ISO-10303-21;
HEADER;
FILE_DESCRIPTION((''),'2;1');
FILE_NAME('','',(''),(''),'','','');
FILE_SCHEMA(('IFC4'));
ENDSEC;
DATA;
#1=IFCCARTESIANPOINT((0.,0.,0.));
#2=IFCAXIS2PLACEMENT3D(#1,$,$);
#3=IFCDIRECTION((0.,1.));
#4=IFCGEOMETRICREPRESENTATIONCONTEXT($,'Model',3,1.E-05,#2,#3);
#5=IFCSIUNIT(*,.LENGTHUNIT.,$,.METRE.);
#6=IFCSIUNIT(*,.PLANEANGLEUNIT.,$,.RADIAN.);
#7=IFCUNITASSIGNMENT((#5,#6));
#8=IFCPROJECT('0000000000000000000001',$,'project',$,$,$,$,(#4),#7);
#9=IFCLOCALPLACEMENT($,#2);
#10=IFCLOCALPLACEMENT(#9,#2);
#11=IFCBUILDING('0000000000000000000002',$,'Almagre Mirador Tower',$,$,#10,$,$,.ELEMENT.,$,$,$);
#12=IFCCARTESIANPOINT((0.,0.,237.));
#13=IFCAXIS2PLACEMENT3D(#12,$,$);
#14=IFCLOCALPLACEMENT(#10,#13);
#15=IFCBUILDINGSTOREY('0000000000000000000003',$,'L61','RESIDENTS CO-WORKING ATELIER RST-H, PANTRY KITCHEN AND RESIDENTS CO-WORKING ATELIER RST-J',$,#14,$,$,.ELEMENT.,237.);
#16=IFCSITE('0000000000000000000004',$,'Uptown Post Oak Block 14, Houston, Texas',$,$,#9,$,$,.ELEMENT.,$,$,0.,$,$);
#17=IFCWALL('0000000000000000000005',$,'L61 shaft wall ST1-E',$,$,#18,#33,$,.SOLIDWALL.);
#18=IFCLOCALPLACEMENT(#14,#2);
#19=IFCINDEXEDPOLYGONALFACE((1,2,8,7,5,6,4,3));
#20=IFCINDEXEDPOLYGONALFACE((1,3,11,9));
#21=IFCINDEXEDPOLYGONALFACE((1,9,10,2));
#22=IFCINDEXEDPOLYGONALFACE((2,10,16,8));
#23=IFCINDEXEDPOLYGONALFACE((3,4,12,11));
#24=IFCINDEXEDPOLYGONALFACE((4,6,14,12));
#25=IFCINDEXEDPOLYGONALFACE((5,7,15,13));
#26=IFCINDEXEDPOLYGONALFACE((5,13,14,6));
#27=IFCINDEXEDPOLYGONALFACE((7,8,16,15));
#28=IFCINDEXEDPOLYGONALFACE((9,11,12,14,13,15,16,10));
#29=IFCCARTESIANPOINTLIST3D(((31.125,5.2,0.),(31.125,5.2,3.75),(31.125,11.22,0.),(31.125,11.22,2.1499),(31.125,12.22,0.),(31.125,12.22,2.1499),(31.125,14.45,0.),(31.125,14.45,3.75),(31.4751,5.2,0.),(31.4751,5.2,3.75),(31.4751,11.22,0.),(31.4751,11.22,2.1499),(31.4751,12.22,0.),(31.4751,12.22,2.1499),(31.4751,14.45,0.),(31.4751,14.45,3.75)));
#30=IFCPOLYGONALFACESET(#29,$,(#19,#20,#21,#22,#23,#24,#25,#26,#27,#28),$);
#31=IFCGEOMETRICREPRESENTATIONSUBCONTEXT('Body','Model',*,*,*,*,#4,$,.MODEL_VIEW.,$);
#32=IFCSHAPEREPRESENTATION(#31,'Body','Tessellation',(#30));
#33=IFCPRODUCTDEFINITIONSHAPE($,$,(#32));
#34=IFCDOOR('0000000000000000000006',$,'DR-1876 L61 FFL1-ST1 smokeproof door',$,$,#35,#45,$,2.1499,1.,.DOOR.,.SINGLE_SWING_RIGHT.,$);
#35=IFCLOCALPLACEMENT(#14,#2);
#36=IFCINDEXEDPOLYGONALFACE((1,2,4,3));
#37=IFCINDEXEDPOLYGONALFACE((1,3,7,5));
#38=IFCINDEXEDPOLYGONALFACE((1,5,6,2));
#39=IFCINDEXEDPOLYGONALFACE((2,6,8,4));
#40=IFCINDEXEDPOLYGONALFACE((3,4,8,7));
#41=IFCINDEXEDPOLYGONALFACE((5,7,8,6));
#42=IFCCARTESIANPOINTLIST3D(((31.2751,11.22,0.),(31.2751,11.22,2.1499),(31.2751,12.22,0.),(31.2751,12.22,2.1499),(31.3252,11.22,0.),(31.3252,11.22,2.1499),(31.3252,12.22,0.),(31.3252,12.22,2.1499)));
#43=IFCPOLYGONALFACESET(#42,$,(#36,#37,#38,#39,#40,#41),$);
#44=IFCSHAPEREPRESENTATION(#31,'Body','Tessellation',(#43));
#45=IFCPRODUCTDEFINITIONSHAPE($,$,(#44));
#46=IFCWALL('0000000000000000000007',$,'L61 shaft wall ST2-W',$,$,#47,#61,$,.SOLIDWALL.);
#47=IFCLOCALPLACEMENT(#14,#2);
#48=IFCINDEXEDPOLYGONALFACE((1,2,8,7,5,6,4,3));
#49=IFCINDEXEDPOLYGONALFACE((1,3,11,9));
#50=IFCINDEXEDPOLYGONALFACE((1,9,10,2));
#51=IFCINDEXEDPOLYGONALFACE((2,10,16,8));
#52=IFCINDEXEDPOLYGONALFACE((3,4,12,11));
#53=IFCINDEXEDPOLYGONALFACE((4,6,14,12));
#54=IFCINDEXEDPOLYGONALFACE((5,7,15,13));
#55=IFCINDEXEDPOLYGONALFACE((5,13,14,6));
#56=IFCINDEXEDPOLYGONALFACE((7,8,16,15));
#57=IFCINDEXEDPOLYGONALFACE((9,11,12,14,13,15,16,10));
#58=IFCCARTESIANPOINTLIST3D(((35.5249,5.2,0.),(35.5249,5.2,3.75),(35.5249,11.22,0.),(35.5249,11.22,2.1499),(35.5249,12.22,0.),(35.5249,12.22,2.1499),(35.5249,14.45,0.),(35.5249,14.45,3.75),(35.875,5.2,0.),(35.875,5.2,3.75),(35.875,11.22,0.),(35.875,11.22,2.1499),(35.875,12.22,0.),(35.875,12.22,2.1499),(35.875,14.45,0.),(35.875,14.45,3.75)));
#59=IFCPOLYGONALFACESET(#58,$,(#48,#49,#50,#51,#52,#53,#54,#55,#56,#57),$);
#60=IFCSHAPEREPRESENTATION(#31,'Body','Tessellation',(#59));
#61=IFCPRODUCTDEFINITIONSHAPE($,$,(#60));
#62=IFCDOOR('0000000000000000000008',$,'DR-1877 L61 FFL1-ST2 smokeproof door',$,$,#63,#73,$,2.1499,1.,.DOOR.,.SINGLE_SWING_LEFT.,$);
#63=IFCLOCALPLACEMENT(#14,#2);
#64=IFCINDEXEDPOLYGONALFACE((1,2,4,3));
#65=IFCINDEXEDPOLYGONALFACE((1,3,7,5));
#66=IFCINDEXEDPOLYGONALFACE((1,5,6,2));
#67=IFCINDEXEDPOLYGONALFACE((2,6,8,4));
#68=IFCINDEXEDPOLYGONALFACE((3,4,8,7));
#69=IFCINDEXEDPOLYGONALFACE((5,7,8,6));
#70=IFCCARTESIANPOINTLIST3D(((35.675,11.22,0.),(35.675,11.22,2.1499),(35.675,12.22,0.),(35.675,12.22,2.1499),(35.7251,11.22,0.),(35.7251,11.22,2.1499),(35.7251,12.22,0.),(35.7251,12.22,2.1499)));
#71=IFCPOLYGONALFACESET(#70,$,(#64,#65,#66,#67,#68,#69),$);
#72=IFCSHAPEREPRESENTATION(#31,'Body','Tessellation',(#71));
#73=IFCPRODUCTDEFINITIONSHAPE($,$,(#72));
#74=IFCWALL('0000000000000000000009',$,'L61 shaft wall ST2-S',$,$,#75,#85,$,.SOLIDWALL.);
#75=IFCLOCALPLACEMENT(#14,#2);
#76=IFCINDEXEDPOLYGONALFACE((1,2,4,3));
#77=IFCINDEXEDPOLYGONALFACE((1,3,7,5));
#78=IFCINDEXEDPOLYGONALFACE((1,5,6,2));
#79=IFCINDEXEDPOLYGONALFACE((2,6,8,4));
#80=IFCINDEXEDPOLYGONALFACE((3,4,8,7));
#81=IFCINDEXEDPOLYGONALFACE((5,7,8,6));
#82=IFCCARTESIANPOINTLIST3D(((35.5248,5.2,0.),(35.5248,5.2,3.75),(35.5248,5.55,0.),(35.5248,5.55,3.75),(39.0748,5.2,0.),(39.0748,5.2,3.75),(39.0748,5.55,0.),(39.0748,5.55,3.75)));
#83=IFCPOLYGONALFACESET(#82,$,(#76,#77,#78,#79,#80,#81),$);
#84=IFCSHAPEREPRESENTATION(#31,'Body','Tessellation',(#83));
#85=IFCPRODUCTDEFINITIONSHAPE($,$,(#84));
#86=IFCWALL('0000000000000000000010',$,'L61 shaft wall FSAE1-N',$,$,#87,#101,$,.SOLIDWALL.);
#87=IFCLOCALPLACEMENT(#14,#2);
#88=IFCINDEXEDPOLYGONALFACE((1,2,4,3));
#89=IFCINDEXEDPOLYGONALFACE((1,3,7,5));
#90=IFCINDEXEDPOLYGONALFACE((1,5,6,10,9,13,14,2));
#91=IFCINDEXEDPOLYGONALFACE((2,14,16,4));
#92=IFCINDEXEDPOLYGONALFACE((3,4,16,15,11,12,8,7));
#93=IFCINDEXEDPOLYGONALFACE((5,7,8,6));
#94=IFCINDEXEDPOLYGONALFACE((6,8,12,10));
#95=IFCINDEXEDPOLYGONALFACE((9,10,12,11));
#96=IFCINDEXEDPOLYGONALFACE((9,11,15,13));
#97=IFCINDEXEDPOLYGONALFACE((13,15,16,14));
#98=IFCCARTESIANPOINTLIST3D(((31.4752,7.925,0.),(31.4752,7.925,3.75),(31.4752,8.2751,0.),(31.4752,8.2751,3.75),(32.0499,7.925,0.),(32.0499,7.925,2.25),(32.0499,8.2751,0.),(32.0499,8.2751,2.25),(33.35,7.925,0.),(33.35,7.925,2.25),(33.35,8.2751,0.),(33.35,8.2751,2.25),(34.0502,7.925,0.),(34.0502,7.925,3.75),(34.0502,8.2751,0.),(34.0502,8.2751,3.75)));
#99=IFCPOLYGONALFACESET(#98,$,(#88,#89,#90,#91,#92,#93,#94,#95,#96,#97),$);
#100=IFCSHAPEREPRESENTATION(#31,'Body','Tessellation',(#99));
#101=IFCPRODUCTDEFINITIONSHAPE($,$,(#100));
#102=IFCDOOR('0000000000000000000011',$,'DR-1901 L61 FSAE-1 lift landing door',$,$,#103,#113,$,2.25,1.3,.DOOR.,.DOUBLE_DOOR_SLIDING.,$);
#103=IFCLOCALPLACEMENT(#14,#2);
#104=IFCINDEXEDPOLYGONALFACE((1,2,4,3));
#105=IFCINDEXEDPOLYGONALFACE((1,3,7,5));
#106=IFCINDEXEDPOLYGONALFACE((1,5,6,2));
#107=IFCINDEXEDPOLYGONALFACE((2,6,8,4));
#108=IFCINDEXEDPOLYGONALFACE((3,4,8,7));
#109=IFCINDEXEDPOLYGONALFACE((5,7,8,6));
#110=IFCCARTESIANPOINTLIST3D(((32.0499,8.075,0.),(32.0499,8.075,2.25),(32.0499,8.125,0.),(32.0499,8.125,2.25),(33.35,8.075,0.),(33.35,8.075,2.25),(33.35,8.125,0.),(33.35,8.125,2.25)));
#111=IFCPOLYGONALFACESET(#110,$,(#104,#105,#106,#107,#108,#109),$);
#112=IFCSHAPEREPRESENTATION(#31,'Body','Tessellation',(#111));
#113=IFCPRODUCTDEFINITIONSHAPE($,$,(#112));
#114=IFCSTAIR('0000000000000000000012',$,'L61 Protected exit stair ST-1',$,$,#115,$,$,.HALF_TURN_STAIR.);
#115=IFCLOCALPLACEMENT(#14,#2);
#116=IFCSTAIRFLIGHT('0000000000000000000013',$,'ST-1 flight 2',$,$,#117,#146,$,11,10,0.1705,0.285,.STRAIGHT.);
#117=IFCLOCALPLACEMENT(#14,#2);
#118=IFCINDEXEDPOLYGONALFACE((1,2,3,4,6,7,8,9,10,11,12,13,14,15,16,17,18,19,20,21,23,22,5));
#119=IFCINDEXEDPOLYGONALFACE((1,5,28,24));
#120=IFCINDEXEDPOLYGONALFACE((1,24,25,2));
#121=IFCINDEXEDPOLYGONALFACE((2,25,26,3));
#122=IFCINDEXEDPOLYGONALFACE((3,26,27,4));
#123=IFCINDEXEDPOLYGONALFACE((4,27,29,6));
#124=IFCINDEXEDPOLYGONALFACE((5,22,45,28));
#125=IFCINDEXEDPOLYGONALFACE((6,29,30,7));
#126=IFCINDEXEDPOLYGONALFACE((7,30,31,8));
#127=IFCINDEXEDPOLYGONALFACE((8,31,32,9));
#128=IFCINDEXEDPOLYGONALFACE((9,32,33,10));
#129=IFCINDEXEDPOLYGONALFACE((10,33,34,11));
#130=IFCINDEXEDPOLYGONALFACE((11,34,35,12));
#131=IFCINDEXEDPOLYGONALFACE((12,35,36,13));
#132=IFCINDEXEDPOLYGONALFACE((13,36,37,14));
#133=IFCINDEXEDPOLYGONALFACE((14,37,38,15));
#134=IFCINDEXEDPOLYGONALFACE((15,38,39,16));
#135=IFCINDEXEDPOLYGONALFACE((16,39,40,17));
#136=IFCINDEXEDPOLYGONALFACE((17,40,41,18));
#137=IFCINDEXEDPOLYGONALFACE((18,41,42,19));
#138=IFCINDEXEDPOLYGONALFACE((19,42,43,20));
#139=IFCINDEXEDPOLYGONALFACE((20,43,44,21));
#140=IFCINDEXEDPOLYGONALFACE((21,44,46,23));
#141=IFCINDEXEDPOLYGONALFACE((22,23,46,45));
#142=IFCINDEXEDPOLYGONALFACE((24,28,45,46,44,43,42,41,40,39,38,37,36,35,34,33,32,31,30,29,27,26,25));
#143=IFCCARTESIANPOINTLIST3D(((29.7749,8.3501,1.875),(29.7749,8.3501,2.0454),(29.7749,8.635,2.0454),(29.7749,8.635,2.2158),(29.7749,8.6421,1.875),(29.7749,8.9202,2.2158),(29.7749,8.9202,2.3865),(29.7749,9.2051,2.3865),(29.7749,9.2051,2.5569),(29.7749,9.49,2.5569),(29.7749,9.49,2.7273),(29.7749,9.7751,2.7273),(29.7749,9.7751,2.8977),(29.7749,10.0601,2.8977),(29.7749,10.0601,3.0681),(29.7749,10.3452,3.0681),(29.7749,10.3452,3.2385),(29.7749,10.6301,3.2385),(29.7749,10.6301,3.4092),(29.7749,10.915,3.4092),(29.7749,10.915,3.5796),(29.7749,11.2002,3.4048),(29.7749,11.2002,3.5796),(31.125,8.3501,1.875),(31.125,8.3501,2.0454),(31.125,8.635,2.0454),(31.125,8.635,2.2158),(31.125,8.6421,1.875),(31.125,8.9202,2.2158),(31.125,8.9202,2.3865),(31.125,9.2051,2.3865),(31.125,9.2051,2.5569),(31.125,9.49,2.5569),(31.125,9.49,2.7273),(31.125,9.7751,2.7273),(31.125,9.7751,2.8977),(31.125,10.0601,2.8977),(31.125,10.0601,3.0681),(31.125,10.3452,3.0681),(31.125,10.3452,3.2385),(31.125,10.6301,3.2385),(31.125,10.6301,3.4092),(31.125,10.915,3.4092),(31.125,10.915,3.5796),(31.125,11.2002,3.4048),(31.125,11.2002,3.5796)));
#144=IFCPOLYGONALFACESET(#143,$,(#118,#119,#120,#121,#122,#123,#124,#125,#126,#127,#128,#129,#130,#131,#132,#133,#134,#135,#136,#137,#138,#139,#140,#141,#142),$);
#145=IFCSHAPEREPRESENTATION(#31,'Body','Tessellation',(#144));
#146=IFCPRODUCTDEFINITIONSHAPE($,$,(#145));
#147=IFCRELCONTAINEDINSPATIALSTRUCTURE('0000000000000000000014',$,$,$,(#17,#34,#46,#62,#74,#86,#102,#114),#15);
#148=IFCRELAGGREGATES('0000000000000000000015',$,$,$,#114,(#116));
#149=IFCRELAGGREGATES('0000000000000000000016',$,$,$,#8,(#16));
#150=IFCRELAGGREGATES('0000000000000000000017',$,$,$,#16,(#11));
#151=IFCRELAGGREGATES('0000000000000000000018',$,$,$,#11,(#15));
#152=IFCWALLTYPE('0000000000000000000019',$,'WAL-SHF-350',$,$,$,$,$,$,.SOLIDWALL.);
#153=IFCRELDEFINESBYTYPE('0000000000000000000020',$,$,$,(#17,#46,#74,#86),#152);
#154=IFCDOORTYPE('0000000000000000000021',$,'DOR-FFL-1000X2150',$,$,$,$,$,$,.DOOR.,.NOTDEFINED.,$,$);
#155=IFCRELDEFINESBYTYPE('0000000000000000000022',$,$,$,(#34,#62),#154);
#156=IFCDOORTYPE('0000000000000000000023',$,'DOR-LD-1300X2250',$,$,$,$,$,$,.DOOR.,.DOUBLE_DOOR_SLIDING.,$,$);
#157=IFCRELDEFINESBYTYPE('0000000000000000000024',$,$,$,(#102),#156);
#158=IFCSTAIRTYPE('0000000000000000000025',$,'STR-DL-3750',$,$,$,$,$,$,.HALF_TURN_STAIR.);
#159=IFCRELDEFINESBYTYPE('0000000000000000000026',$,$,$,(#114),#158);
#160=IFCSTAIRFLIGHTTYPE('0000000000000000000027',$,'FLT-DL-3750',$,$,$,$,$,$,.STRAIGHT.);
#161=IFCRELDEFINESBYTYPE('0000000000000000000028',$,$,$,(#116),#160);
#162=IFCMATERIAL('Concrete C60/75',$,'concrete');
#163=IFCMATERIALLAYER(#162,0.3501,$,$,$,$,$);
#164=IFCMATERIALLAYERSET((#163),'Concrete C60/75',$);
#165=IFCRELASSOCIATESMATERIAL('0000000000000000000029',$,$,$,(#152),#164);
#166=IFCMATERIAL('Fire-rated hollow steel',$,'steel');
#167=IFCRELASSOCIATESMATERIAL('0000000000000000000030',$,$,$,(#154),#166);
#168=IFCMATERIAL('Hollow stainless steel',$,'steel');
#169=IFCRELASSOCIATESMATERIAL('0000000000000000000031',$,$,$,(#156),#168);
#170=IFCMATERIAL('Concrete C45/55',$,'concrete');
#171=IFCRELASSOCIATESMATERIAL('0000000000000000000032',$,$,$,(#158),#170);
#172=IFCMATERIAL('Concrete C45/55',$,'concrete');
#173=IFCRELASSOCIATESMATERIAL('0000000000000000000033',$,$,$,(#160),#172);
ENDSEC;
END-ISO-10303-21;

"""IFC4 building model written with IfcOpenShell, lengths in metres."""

from ifc_helpers import new_model, si_unit, direction, frame, frame_2d, origin, place, context, subcontext, project, spatial, polyline, rectangle, outline, extrude, material, layer, layer_set, type_object, element, fill, aggregate, save


model = new_model("IFC4")

# Units and contexts
model_context = context("Model", 3, precision=1e-05, world=origin(), true_north=direction((0.0, 1.0)))
body_context = subcontext(model_context, "Body", "Model", "MODEL_VIEW")
ifc_project = project(units=[si_unit("LENGTHUNIT", "METRE"), si_unit("PLANEANGLEUNIT", "RADIAN")], contexts=[model_context])

# Site, building, storey
site_placement = place(None, origin())
site = spatial("IfcSite", under=ifc_project, at=site_placement, Name="Uptown Post Oak Block 14, Houston, Texas", CompositionType="ELEMENT", RefElevation=0.0)
building_placement = place(site_placement, origin())
building = spatial("IfcBuilding", under=site, at=building_placement, Name="Almagre Mirador Tower", CompositionType="ELEMENT")
storey_placement = place(building_placement, frame((0.0, 0.0, 237.0)))
storey = spatial("IfcBuildingStorey", under=building, at=storey_placement, Name="L61", Description="RESIDENTS CO-WORKING ATELIER RST-H, PANTRY KITCHEN AND RESIDENTS CO-WORKING ATELIER RST-J", CompositionType="ELEMENT", Elevation=237.0)

# Walls, openings, doors
ifc_material_1 = material(Name="Concrete C60/75", Category="concrete")
ifc_layer_1 = layer(ifc_material_1, 0.3501)
ifc_layer_set_1 = layer_set([ifc_layer_1], Name="Concrete C60/75")
wall_type_1 = type_object("IfcWallType", Name="WAL-SHF-350", PredefinedType="SOLIDWALL", material=ifc_layer_set_1)
wall_1_placement = place(storey_placement, frame((31.3, 5.2, 0.0), z_axis=(0.0, 0.0, 1.0), x_axis=(0.0, 1.0, 0.0)))
wall_1 = element("IfcWall", 1, at=wall_1_placement, inside=storey, type_object=wall_type_1, Name="L61 shaft wall ST1-E", PredefinedType="SOLIDWALL", context=body_context, shape_type="SweptSolid", body=[
    extrude(rectangle(XDim=9.25, YDim=0.3501, at=frame_2d((4.625, 0.0))), origin(), (0.0, 0.0, 1.0), 3.75),
])
opening_1_placement = place(wall_1_placement, frame((6.02, 0.0, 0.0)))
opening_1 = element("IfcOpeningElement", 2, at=opening_1_placement, cuts=wall_1, PredefinedType="OPENING", context=body_context, shape_type="SweptSolid", body=[
    extrude(rectangle(XDim=1.0, YDim=2.1499, at=frame_2d((0.5, 1.075))), frame((0.0, 0.185, 0.0), z_axis=(0.0, -1.0, 0.0), x_axis=(1.0, 0.0, 0.0)), (0.0, 0.0, 1.0), 0.3701),
])
ifc_material_2 = material(Name="Fire-rated hollow steel", Category="steel")
door_type_1 = type_object("IfcDoorType", Name="DOR-FFL-1000X2150", OperationType="NOTDEFINED", PredefinedType="DOOR", material=ifc_material_2)
door_1_placement = place(opening_1_placement, origin())
door_1 = element("IfcDoor", 3, at=door_1_placement, inside=storey, type_object=door_type_1, Name="DR-1876 L61 FFL1-ST1 smokeproof door", OperationType="SINGLE_SWING_RIGHT", OverallHeight=2.1499, OverallWidth=1.0, PredefinedType="DOOR", context=body_context, shape_type="SweptSolid", body=[
    extrude(rectangle(XDim=1.0, YDim=2.1499, at=frame_2d((0.5, 1.075))), frame((0.0, 0.0249, 0.0), z_axis=(0.0, -1.0, 0.0), x_axis=(1.0, 0.0, 0.0)), (0.0, 0.0, 1.0), 0.05),
])
fill(opening_1, door_1)
wall_2_placement = place(storey_placement, frame((35.7, 5.2, 0.0), z_axis=(0.0, 0.0, 1.0), x_axis=(0.0, 1.0, 0.0)))
wall_2 = element("IfcWall", 4, at=wall_2_placement, inside=storey, type_object=wall_type_1, Name="L61 shaft wall ST2-W", PredefinedType="SOLIDWALL", context=body_context, shape_type="SweptSolid", body=[
    extrude(rectangle(XDim=9.25, YDim=0.3501, at=frame_2d((4.625, 0.0))), origin(), (0.0, 0.0, 1.0), 3.75),
])
opening_2_placement = place(wall_2_placement, frame((6.02, 0.0, 0.0)))
opening_2 = element("IfcOpeningElement", 5, at=opening_2_placement, cuts=wall_2, PredefinedType="OPENING", context=body_context, shape_type="SweptSolid", body=[
    extrude(rectangle(XDim=1.0, YDim=2.1499, at=frame_2d((0.5, 1.075))), frame((0.0, 0.185, 0.0), z_axis=(0.0, -1.0, 0.0), x_axis=(1.0, 0.0, 0.0)), (0.0, 0.0, 1.0), 0.3701),
])
door_2_placement = place(opening_2_placement, origin())
door_2 = element("IfcDoor", 6, at=door_2_placement, inside=storey, type_object=door_type_1, Name="DR-1877 L61 FFL1-ST2 smokeproof door", OperationType="SINGLE_SWING_LEFT", OverallHeight=2.1499, OverallWidth=1.0, PredefinedType="DOOR", context=body_context, shape_type="SweptSolid", body=[
    extrude(rectangle(XDim=1.0, YDim=2.1499, at=frame_2d((0.5, 1.075))), frame((0.0, 0.0249, 0.0), z_axis=(0.0, -1.0, 0.0), x_axis=(1.0, 0.0, 0.0)), (0.0, 0.0, 1.0), 0.05),
])
fill(opening_2, door_2)

# Wall
wall_3_placement = place(storey_placement, frame((35.5249, 5.375, 0.0), z_axis=(0.0, 0.0, 1.0), x_axis=(1.0, 0.0, 0.0)))
element("IfcWall", 7, at=wall_3_placement, inside=storey, type_object=wall_type_1, Name="L61 shaft wall ST2-S", PredefinedType="SOLIDWALL", context=body_context, shape_type="SweptSolid", body=[
    extrude(rectangle(XDim=3.55, YDim=0.3501, at=frame_2d((1.7749, 0.0))), origin(), (0.0, 0.0, 1.0), 3.75),
])

# Wall, opening, door
wall_4_placement = place(storey_placement, frame((31.4751, 8.1001, 0.0), z_axis=(0.0, 0.0, 1.0), x_axis=(1.0, 0.0, 0.0)))
wall_4 = element("IfcWall", 8, at=wall_4_placement, inside=storey, type_object=wall_type_1, Name="L61 shaft wall FSAE1-N", PredefinedType="SOLIDWALL", context=body_context, shape_type="SweptSolid", body=[
    extrude(rectangle(XDim=2.575, YDim=0.3501, at=frame_2d((1.2876, 0.0))), origin(), (0.0, 0.0, 1.0), 3.75),
])
opening_3_placement = place(wall_4_placement, frame((0.575, 0.0, 0.0)))
opening_3 = element("IfcOpeningElement", 9, at=opening_3_placement, cuts=wall_4, PredefinedType="OPENING", context=body_context, shape_type="SweptSolid", body=[
    extrude(rectangle(XDim=1.3, YDim=2.25, at=frame_2d((0.6499, 1.125))), frame((0.0, 0.185, 0.0), z_axis=(0.0, -1.0, 0.0), x_axis=(1.0, 0.0, 0.0)), (0.0, 0.0, 1.0), 0.3701),
])
ifc_material_3 = material(Name="Hollow stainless steel", Category="steel")
door_type_2 = type_object("IfcDoorType", Name="DOR-LD-1300X2250", OperationType="DOUBLE_DOOR_SLIDING", PredefinedType="DOOR", material=ifc_material_3)
door_3_placement = place(opening_3_placement, origin())
door_3 = element("IfcDoor", 10, at=door_3_placement, inside=storey, type_object=door_type_2, Name="DR-1901 L61 FSAE-1 lift landing door", OperationType="DOUBLE_DOOR_SLIDING", OverallHeight=2.25, OverallWidth=1.3, PredefinedType="DOOR", context=body_context, shape_type="SweptSolid", body=[
    extrude(rectangle(XDim=1.3, YDim=2.25, at=frame_2d((0.6499, 1.125))), frame((0.0, 0.0249, 0.0), z_axis=(0.0, -1.0, 0.0), x_axis=(1.0, 0.0, 0.0)), (0.0, 0.0, 1.0), 0.05),
])
fill(opening_3, door_3)

# Stair, stair flight
ifc_material_4 = material(Name="Concrete C45/55", Category="concrete")
stair_type = type_object("IfcStairType", Name="STR-DL-3750", PredefinedType="HALF_TURN_STAIR", material=ifc_material_4)
stair_placement = place(storey_placement, origin())
stair = element("IfcStair", 11, at=stair_placement, inside=storey, type_object=stair_type, Name="L61 Protected exit stair ST-1", PredefinedType="HALF_TURN_STAIR")
ifc_material_5 = material(Name="Concrete C45/55", Category="concrete")
stair_flight_type = type_object("IfcStairFlightType", Name="FLT-DL-3750", PredefinedType="STRAIGHT", material=ifc_material_5)
stair_flight_placement = place(storey_placement, frame((30.45, 8.3501, 1.875), z_axis=(0.0, 0.0, 1.0), x_axis=(0.0, 1.0, 0.0)))
stair_flight = element("IfcStairFlight", 12, at=stair_flight_placement, type_object=stair_flight_type, Name="ST-1 flight 2", NumberOfRisers=11, NumberOfTreads=10, PredefinedType="STRAIGHT", RiserHeight=0.1705, TreadLength=0.285, context=body_context, shape_type="SweptSolid", body=[
    extrude(outline(polyline([(0.0, 0.0), (0.0, 0.1704), (0.2849, 0.1704), (0.2849, 0.3408), (0.5701, 0.3408), (0.5701, 0.5115), (0.855, 0.5115), (0.855, 0.6819), (1.1399, 0.6819), (1.1399, 0.8523), (1.425, 0.8523), (1.425, 1.0227), (1.71, 1.0227), (1.71, 1.1931), (1.9951, 1.1931), (1.9951, 1.3635), (2.28, 1.3635), (2.28, 1.5342), (2.5649, 1.5342), (2.5649, 1.7046), (2.8501, 1.7046), (2.8501, 1.875), (2.8501, 1.5298), (0.292, 0.0), (0.0, 0.0)])), frame((0.0, 0.675, 0.0), z_axis=(0.0, -1.0, 0.0), x_axis=(1.0, 0.0, 0.0)), (0.0, 0.0, 1.0), 1.3501),
])
aggregate(stair, [stair_flight])

save(model, "model.ifc")
